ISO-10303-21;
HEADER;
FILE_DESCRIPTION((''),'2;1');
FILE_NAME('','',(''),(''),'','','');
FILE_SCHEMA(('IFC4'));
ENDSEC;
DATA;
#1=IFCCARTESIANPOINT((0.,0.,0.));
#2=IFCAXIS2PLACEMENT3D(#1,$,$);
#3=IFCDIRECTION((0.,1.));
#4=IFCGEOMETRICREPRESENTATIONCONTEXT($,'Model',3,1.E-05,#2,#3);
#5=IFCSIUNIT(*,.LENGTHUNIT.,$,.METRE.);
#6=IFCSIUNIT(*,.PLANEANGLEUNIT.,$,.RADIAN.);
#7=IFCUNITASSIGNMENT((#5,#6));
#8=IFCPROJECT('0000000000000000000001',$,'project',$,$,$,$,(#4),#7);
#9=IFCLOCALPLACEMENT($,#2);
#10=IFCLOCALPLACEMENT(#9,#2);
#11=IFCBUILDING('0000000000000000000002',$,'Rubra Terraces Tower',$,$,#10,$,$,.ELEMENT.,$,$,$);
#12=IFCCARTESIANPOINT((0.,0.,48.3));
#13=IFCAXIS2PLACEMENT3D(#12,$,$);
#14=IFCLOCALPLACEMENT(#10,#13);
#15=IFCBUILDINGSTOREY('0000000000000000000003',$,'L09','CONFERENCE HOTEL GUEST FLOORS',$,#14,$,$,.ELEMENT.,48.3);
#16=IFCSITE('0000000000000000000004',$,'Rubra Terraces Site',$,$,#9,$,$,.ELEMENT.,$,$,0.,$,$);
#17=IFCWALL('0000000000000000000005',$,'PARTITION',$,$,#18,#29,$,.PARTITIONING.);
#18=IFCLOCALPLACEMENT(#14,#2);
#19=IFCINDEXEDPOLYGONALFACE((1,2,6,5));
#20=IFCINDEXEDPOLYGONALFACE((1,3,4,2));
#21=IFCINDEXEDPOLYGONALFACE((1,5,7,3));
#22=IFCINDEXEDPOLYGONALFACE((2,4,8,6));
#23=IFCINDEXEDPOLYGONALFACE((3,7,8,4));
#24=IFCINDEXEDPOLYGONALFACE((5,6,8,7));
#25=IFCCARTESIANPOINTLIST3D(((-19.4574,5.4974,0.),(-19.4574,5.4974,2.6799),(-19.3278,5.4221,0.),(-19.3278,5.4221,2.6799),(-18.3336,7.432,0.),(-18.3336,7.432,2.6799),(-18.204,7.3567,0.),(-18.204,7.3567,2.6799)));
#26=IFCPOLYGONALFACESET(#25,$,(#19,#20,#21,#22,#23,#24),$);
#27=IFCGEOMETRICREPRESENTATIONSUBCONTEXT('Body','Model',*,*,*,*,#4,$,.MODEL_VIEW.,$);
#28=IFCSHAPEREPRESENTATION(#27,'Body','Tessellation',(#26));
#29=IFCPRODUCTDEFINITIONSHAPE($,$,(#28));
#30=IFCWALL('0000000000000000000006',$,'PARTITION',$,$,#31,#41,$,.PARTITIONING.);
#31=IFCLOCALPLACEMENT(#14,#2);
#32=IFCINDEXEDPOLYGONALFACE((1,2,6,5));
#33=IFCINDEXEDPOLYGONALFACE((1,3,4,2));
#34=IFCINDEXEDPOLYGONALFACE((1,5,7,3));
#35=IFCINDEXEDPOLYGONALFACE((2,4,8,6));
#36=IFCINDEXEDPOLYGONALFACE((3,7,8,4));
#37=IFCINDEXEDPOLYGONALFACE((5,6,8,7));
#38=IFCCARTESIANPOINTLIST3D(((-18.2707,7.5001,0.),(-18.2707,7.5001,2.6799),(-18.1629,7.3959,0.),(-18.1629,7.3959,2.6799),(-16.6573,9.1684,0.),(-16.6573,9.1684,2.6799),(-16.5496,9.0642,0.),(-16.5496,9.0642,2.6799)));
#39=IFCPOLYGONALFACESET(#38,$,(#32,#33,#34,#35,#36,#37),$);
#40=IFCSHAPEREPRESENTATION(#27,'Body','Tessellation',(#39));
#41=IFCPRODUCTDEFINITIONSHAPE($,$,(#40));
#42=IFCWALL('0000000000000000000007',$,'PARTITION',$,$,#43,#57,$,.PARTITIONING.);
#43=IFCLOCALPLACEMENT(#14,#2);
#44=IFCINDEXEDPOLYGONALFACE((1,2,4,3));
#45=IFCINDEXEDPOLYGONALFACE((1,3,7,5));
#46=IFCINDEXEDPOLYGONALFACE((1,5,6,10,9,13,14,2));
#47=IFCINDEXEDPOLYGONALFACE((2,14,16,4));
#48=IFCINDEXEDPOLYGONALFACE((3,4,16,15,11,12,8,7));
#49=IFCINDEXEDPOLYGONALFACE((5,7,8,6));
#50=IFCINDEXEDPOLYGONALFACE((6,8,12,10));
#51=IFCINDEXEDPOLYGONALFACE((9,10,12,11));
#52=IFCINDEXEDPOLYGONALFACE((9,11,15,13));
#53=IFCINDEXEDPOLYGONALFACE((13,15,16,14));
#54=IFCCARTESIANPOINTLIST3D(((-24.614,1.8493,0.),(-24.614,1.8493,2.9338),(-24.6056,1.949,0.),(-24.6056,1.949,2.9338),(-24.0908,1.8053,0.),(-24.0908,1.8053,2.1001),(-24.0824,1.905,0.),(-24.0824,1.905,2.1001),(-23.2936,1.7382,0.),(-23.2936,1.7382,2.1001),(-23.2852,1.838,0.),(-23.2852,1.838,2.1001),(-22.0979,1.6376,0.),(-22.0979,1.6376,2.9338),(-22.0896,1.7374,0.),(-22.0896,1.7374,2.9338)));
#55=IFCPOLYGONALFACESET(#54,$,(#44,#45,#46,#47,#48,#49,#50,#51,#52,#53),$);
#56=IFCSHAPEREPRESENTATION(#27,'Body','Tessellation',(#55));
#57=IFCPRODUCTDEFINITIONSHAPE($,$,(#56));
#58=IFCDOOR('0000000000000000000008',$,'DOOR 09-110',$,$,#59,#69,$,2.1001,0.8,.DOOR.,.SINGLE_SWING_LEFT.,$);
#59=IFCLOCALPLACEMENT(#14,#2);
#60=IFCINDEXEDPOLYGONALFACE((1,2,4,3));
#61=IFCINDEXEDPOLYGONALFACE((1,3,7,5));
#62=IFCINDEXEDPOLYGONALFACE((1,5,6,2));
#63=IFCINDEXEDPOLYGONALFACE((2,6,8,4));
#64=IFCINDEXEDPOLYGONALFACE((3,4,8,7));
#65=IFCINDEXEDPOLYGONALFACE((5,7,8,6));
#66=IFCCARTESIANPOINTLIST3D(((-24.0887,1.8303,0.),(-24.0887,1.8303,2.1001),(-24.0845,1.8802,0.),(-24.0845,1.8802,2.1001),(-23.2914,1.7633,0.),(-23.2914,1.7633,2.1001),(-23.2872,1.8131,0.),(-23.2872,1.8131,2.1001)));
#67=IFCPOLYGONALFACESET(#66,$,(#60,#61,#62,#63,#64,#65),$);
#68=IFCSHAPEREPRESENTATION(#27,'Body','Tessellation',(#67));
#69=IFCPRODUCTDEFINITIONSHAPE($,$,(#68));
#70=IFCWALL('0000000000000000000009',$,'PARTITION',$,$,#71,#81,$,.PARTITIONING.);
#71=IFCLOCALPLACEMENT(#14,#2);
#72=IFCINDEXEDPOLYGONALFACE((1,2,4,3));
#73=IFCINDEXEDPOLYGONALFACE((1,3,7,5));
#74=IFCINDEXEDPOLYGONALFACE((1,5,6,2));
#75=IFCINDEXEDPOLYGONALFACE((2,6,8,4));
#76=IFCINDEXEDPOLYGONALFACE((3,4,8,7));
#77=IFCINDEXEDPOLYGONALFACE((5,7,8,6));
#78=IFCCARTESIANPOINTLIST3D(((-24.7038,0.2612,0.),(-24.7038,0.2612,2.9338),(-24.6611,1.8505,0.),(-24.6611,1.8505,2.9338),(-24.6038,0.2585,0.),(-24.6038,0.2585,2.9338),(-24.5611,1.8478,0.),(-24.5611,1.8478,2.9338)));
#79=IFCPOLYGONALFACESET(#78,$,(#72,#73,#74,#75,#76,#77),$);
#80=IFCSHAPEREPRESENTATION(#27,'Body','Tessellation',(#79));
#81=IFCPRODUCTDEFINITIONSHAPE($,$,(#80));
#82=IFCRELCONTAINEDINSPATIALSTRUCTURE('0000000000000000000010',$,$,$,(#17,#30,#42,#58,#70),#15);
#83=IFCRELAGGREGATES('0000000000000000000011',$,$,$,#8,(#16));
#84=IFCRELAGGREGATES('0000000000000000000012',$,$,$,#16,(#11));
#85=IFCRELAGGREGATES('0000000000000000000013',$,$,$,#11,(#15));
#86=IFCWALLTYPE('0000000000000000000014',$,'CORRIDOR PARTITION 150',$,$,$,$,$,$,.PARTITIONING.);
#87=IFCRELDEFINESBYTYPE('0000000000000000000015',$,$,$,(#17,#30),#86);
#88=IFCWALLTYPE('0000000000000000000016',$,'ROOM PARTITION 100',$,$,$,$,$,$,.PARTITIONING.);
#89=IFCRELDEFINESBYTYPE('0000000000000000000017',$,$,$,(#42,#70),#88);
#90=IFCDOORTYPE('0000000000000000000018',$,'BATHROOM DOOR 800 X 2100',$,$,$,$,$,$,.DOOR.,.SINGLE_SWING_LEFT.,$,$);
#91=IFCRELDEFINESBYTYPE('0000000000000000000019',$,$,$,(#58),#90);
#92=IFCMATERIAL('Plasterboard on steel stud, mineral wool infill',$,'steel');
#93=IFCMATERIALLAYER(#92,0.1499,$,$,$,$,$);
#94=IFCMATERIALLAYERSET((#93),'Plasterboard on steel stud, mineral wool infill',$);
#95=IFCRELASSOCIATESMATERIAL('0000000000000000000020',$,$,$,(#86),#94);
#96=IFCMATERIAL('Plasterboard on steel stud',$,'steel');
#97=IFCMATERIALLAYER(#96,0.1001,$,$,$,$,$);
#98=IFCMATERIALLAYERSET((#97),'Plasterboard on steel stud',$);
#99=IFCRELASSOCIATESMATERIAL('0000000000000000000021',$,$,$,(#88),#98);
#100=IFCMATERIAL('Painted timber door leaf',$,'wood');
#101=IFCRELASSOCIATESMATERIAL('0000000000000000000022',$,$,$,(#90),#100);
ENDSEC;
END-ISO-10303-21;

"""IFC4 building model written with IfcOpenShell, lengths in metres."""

from ifc_helpers import new_model, si_unit, direction, frame, frame_2d, origin, place, context, subcontext, project, spatial, rectangle, extrude, material, layer, layer_set, type_object, element, fill, save


model = new_model("IFC4")

# Units and contexts
model_context = context("Model", 3, precision=1e-05, world=origin(), true_north=direction((0.0, 1.0)))
body_context = subcontext(model_context, "Body", "Model", "MODEL_VIEW")
ifc_project = project(units=[si_unit("LENGTHUNIT", "METRE"), si_unit("PLANEANGLEUNIT", "RADIAN")], contexts=[model_context])

# Site, building, storey
site_placement = place(None, origin())
site = spatial("IfcSite", under=ifc_project, at=site_placement, Name="Rubra Terraces Site", CompositionType="ELEMENT", RefElevation=0.0)
building_placement = place(site_placement, origin())
building = spatial("IfcBuilding", under=site, at=building_placement, Name="Rubra Terraces Tower", CompositionType="ELEMENT")
storey_placement = place(building_placement, frame((0.0, 0.0, 48.3)))
storey = spatial("IfcBuildingStorey", under=building, at=storey_placement, Name="L09", Description="CONFERENCE HOTEL GUEST FLOORS", CompositionType="ELEMENT", Elevation=48.3)

# Shared definitions
ifc_material_1 = material(Name="Plasterboard on steel stud, mineral wool infill", Category="steel")
ifc_layer_1 = layer(ifc_material_1, 0.1499)
ifc_layer_set_1 = layer_set([ifc_layer_1], Name="Plasterboard on steel stud, mineral wool infill")
wall_type_1 = type_object("IfcWallType", Name="CORRIDOR PARTITION 150", PredefinedType="PARTITIONING", material=ifc_layer_set_1)

# Shared definitions
ifc_material_2 = material(Name="Painted timber door leaf", Category="wood")

# Walls
wall_1_placement = place(storey_placement, frame((-19.3926, 5.4597, 0.0), z_axis=(0.0, 0.0, 1.0), x_axis=(0.502296, 0.864696, 0.0)))
element("IfcWall", 1, at=wall_1_placement, inside=storey, type_object=wall_type_1, Name="PARTITION", PredefinedType="PARTITIONING", context=body_context, shape_type="SweptSolid", body=[
    extrude(rectangle(XDim=2.2373, YDim=0.1499, at=frame_2d((1.1187, 0.0))), origin(), (0.0, 0.0, 1.0), 2.6799),
])
wall_2_placement = place(storey_placement, frame((-18.2168, 7.448, 0.0), z_axis=(0.0, 0.0, 1.0), x_axis=(0.695173, 0.718843, 0.0)))
element("IfcWall", 2, at=wall_2_placement, inside=storey, type_object=wall_type_1, Name="PARTITION", PredefinedType="PARTITIONING", context=body_context, shape_type="SweptSolid", body=[
    extrude(rectangle(XDim=2.3208, YDim=0.1499, at=frame_2d((1.1604, 0.0))), origin(), (0.0, 0.0, 1.0), 2.6799),
])

# Wall, opening, door
ifc_material_3 = material(Name="Plasterboard on steel stud", Category="steel")
ifc_layer_2 = layer(ifc_material_3, 0.1001)
ifc_layer_set_2 = layer_set([ifc_layer_2], Name="Plasterboard on steel stud")
wall_type_2 = type_object("IfcWallType", Name="ROOM PARTITION 100", PredefinedType="PARTITIONING", material=ifc_layer_set_2)
wall_3_placement = place(storey_placement, frame((-22.0938, 1.6875, 0.0), z_axis=(0.0, 0.0, 1.0), x_axis=(-0.99648, 0.08383, 0.0)))
wall_3 = element("IfcWall", 3, at=wall_3_placement, inside=storey, type_object=wall_type_2, Name="PARTITION", PredefinedType="PARTITIONING", context=body_context, shape_type="SweptSolid", body=[
    extrude(rectangle(XDim=2.5249, YDim=0.1001, at=frame_2d((1.2625, 0.0))), origin(), (0.0, 0.0, 1.0), 2.9338),
])
opening_1_placement = place(wall_3_placement, frame((1.2, 0.0, 0.0)))
opening_1 = element("IfcOpeningElement", 4, at=opening_1_placement, cuts=wall_3, PredefinedType="OPENING", context=body_context, shape_type="SweptSolid", body=[
    extrude(rectangle(XDim=0.8, YDim=2.1001, at=frame_2d((0.3999, 1.05))), frame((0.0, 0.0601, 0.0), z_axis=(0.0, -1.0, 0.0), x_axis=(1.0, 0.0, 0.0)), (0.0, 0.0, 1.0), 0.1201),
])
door_type_1 = type_object("IfcDoorType", Name="BATHROOM DOOR 800 X 2100", OperationType="SINGLE_SWING_LEFT", PredefinedType="DOOR", material=ifc_material_2)
door_1_placement = place(opening_1_placement, origin())
door_1 = element("IfcDoor", 5, at=door_1_placement, inside=storey, type_object=door_type_1, Name="DOOR 09-110", OperationType="SINGLE_SWING_LEFT", OverallHeight=2.1001, OverallWidth=0.8, PredefinedType="DOOR", context=body_context, shape_type="SweptSolid", body=[
    extrude(rectangle(XDim=0.8, YDim=2.1001, at=frame_2d((0.3999, 1.05))), frame((0.0, 0.0249, 0.0), z_axis=(0.0, -1.0, 0.0), x_axis=(1.0, 0.0, 0.0)), (0.0, 0.0, 1.0), 0.05),
])
fill(opening_1, door_1)

# Wall
wall_4_placement = place(storey_placement, frame((-24.6111, 1.8491, 0.0), z_axis=(0.0, 0.0, 1.0), x_axis=(-0.026872, -0.999639, 0.0)))
element("IfcWall", 6, at=wall_4_placement, inside=storey, type_object=wall_type_2, Name="PARTITION", PredefinedType="PARTITIONING", context=body_context, shape_type="SweptSolid", body=[
    extrude(rectangle(XDim=1.5898, YDim=0.1001, at=frame_2d((0.7949, 0.0))), origin(), (0.0, 0.0, 1.0), 2.9338),
])

save(model, "model.ifc")
